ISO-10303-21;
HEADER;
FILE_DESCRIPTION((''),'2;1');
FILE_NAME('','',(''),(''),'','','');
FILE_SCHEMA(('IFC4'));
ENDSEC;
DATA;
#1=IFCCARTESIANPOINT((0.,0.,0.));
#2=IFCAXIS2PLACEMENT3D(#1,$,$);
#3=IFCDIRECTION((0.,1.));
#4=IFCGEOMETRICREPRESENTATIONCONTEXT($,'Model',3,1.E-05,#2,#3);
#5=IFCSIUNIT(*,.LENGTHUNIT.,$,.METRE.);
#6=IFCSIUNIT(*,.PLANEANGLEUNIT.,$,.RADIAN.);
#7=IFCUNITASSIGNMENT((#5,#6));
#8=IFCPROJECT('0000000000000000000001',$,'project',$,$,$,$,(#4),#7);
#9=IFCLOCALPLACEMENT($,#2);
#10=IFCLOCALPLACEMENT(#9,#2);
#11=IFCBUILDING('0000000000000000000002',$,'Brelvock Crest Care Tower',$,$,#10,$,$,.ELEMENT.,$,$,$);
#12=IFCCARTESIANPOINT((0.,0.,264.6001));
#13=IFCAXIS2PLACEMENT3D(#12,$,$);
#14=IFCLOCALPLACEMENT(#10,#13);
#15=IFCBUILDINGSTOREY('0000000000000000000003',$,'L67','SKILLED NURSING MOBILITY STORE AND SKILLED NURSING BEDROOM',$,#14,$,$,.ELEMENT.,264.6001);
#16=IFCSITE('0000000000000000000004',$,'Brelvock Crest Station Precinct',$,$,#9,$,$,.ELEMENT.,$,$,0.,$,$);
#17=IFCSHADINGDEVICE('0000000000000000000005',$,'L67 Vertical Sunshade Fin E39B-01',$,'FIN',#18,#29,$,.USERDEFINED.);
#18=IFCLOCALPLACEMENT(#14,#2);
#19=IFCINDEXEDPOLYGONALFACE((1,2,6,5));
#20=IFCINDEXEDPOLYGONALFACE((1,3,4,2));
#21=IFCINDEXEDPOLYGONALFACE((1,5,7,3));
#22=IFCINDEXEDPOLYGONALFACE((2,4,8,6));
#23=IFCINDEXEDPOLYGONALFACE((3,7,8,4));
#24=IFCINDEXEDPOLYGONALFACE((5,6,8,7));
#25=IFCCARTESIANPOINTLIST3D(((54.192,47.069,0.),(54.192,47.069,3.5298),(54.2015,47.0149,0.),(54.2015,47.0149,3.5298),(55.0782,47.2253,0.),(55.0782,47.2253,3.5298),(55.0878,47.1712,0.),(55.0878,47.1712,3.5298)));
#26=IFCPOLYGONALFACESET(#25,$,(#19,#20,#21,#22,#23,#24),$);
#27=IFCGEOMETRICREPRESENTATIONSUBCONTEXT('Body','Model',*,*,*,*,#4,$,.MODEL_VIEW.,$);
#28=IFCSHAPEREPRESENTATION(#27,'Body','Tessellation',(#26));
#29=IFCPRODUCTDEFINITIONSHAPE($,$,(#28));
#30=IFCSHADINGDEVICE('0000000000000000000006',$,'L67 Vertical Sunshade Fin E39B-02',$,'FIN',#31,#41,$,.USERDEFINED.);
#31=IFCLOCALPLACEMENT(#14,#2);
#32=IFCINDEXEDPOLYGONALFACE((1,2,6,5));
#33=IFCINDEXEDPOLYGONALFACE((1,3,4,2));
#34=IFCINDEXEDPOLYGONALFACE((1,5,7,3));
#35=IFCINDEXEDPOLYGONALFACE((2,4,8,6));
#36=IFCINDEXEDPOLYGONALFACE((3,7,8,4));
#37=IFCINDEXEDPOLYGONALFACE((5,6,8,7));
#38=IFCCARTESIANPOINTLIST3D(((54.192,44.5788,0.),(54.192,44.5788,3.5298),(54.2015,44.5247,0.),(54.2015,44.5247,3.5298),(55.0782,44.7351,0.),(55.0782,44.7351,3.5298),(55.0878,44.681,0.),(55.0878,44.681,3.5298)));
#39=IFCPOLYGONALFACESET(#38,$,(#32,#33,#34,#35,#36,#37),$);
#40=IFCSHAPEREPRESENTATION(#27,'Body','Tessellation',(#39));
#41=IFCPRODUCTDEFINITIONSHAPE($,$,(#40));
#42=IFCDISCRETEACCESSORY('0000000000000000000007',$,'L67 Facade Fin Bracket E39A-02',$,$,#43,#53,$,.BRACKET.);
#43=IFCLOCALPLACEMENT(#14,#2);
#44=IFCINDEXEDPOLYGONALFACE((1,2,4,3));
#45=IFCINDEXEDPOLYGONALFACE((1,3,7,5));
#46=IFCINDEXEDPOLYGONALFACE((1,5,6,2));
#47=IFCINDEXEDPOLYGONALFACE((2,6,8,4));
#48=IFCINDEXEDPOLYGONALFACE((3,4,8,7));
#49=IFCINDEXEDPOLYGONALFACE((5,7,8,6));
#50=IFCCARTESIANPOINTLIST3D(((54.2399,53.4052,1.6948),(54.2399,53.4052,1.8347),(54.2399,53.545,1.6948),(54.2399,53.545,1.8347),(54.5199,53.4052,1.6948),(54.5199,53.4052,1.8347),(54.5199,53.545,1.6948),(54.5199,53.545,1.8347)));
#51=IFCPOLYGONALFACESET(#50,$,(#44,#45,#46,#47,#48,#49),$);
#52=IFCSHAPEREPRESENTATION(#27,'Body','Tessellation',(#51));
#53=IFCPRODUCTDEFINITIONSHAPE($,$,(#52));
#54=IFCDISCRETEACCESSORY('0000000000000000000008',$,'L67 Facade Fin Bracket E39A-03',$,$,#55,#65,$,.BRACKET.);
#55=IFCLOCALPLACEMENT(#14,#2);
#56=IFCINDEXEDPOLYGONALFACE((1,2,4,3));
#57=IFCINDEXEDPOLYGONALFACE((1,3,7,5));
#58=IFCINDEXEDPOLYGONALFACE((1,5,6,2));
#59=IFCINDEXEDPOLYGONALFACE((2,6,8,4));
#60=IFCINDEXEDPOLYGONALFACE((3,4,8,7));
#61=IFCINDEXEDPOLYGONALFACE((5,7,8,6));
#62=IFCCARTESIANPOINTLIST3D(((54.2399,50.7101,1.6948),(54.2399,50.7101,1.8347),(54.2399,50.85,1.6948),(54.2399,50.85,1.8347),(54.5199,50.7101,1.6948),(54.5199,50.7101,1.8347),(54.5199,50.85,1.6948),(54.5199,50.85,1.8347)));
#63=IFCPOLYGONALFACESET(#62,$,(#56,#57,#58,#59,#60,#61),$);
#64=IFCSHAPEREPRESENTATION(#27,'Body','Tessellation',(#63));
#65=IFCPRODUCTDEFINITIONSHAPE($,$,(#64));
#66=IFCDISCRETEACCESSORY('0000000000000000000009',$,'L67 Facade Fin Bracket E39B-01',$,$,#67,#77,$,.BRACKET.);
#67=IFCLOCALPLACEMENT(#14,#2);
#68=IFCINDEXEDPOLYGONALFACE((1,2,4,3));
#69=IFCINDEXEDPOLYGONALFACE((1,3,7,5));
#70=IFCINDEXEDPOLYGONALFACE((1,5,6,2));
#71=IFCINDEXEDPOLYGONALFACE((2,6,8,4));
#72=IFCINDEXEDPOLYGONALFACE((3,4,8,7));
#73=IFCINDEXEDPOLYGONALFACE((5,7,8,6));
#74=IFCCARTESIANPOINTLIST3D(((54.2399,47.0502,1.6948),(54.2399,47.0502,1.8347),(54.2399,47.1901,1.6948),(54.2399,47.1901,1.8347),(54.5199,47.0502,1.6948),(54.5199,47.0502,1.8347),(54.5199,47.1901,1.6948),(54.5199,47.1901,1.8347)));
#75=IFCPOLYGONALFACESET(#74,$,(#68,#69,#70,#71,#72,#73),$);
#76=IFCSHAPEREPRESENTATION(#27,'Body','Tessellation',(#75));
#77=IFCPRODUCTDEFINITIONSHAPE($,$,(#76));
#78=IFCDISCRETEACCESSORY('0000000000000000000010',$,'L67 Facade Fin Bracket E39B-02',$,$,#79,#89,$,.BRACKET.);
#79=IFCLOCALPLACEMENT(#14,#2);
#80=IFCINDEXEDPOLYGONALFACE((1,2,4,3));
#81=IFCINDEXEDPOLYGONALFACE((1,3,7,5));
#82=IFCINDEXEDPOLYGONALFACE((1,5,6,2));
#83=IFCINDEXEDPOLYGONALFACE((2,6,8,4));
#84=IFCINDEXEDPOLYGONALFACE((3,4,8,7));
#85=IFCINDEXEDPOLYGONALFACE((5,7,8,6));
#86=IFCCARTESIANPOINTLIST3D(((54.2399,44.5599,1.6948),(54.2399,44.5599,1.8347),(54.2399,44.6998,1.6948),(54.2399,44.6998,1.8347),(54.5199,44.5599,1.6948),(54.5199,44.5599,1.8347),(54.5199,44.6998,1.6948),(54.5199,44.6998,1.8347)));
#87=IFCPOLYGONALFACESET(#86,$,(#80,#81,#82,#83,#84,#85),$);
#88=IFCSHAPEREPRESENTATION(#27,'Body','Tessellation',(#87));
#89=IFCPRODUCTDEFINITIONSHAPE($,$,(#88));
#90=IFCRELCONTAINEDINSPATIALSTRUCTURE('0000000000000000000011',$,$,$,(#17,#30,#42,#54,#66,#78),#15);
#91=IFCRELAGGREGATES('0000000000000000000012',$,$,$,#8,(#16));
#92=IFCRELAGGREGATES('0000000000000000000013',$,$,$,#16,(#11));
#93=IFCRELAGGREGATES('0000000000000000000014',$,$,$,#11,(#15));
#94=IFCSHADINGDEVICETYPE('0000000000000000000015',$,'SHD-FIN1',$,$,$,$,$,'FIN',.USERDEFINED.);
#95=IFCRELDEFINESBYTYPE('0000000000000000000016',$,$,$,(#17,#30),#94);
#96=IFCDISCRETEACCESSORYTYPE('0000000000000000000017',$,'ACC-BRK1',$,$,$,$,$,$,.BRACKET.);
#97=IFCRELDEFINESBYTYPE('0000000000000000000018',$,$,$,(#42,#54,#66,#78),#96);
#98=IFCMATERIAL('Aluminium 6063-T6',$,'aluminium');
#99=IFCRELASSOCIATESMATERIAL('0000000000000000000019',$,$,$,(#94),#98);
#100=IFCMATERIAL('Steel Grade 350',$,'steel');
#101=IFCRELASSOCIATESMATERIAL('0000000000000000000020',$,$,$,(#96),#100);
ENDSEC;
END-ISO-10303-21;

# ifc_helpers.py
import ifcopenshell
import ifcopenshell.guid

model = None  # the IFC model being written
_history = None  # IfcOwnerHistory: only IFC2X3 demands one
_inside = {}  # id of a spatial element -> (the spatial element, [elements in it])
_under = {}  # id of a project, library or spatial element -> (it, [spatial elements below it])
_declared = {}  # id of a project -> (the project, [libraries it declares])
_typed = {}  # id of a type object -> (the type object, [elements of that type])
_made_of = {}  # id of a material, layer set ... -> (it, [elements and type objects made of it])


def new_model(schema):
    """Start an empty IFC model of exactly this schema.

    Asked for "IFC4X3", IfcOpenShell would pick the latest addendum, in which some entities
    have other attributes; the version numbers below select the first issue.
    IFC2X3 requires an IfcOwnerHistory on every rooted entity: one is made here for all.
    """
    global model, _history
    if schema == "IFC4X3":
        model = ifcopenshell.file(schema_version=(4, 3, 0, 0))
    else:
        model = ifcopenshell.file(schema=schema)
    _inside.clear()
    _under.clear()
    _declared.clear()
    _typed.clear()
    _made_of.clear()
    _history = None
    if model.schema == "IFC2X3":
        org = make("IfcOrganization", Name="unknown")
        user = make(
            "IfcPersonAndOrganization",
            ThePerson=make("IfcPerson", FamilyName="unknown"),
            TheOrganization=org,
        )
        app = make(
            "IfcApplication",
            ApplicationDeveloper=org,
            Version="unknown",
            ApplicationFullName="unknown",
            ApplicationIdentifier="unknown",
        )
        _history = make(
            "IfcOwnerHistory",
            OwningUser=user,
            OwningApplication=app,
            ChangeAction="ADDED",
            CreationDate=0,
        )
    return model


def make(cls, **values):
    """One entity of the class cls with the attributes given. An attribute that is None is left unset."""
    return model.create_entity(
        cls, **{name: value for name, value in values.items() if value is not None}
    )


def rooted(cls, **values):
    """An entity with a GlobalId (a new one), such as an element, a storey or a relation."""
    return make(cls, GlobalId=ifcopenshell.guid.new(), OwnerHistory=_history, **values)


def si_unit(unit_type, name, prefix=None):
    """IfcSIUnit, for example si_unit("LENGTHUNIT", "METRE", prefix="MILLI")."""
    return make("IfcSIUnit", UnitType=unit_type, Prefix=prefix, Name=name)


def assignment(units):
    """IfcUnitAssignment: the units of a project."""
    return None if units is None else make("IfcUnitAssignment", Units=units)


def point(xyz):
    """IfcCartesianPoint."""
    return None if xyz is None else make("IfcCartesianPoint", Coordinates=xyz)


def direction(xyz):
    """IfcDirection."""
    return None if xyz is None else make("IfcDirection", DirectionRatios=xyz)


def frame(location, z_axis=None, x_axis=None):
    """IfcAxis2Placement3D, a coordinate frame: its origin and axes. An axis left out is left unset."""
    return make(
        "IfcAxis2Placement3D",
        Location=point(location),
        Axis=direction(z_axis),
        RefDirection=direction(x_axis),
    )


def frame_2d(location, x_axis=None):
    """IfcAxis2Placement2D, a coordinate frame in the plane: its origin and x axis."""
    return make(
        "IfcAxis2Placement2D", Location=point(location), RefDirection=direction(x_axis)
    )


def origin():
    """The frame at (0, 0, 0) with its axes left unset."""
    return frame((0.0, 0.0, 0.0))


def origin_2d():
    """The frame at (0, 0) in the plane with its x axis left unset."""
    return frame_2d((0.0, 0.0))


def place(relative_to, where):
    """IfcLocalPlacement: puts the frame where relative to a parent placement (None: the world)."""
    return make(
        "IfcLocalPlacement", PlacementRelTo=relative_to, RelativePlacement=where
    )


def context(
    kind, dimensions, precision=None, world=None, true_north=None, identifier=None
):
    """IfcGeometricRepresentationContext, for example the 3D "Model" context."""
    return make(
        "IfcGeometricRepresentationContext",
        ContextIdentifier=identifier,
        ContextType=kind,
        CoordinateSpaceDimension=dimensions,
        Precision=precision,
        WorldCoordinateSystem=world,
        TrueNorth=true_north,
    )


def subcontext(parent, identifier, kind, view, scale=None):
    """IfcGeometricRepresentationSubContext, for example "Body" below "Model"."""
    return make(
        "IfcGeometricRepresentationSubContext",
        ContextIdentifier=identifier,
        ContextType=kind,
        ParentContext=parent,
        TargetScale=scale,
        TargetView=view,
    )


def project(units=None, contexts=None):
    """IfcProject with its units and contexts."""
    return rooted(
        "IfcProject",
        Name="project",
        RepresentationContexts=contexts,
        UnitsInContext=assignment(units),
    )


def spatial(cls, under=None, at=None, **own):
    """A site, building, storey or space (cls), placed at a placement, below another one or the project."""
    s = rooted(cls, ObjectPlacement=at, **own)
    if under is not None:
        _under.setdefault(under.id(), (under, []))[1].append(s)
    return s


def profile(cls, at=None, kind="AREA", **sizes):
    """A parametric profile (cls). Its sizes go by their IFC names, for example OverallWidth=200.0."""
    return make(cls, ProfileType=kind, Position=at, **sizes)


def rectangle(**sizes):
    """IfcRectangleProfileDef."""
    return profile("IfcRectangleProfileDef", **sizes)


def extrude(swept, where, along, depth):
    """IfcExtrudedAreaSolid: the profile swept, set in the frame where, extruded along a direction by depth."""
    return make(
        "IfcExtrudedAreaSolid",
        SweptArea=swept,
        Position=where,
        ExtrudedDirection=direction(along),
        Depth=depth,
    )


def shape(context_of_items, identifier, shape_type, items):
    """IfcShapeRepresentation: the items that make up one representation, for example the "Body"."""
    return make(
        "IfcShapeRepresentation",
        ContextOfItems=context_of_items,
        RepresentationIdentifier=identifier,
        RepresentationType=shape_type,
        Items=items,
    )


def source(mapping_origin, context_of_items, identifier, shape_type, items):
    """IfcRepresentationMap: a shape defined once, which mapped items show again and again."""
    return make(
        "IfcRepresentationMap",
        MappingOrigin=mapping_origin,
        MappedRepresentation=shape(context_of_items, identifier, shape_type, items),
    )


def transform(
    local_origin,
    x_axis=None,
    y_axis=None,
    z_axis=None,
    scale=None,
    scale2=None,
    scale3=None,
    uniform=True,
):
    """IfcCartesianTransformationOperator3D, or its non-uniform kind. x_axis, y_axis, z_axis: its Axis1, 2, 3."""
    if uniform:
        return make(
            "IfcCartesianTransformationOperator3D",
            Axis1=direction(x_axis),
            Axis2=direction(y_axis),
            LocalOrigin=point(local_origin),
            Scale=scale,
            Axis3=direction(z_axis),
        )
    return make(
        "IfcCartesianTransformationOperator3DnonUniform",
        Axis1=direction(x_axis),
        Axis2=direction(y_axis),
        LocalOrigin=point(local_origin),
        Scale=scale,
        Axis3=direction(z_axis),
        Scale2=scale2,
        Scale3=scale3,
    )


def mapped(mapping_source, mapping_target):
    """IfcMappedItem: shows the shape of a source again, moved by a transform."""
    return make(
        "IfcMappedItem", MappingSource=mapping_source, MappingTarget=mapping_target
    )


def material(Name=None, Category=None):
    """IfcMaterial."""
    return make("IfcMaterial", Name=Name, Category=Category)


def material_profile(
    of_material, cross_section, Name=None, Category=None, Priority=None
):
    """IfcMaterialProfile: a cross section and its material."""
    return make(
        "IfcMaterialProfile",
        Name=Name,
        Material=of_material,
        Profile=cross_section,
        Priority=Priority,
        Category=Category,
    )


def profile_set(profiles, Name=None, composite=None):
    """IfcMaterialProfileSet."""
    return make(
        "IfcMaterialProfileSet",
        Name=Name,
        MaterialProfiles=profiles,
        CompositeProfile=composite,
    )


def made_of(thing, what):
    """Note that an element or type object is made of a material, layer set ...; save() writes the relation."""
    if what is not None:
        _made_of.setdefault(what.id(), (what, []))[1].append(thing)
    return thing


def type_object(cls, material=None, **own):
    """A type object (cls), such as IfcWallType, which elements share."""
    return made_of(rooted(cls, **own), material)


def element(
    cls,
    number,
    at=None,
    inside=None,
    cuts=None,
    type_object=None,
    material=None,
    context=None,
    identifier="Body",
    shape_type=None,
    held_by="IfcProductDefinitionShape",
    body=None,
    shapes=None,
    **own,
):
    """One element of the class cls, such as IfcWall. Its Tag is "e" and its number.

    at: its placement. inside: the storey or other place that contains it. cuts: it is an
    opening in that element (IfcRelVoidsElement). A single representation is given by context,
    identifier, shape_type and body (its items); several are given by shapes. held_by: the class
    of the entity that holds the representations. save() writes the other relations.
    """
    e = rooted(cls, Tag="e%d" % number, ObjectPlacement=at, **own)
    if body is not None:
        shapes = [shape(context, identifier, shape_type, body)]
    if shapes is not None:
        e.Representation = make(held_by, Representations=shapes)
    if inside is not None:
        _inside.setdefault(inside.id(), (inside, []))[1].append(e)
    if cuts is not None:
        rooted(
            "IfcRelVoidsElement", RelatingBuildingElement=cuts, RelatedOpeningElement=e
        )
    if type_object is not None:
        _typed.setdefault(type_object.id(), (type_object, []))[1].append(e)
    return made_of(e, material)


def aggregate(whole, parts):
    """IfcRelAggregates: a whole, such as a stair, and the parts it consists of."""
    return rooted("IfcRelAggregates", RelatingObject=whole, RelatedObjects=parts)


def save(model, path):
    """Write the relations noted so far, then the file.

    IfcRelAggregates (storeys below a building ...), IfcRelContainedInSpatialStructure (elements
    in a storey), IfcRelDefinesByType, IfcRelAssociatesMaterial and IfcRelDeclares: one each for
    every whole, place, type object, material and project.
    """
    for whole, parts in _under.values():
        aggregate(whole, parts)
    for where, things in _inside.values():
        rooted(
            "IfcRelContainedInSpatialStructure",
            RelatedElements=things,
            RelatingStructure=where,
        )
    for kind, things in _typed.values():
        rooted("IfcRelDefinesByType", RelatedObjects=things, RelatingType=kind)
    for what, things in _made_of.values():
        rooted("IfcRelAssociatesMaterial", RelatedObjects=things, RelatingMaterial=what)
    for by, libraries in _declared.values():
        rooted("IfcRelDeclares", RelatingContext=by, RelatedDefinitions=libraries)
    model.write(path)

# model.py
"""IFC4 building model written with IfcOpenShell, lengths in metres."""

from ifc_helpers import new_model, si_unit, direction, frame, origin, origin_2d, place, context, subcontext, project, spatial, rectangle, extrude, source, transform, mapped, material, material_profile, profile_set, type_object, element, save


model = new_model("IFC4")

# Units and contexts
model_context = context("Model", 3, precision=1e-05, world=origin(), true_north=direction((0.0, 1.0)))
body_context = subcontext(model_context, "Body", "Model", "MODEL_VIEW")
ifc_project = project(units=[si_unit("LENGTHUNIT", "METRE"), si_unit("PLANEANGLEUNIT", "RADIAN")], contexts=[model_context])

# Site, building, storey
site_placement = place(None, origin())
site = spatial("IfcSite", under=ifc_project, at=site_placement, Name="Brelvock Crest Station Precinct", CompositionType="ELEMENT", RefElevation=0.0)
building_placement = place(site_placement, origin())
building = spatial("IfcBuilding", under=site, at=building_placement, Name="Brelvock Crest Care Tower", CompositionType="ELEMENT")
storey_placement = place(building_placement, frame((0.0, 0.0, 264.6001)))
storey = spatial("IfcBuildingStorey", under=building, at=storey_placement, Name="L67", Description="SKILLED NURSING MOBILITY STORE AND SKILLED NURSING BEDROOM", CompositionType="ELEMENT", Elevation=264.6001)

# Shared definitions
ifc_material_1 = material(Name="Steel Grade 350", Category="steel")

# Shared definitions
ifc_material_2 = material(Name="Aluminium 6063-T6", Category="aluminium")

# Shading devices
ifc_material_profile_1 = material_profile(ifc_material_2, rectangle(XDim=0.0549, YDim=0.8999, at=origin_2d()), Name="FIN55x900")
ifc_profile_set_1 = profile_set([ifc_material_profile_1], Name="Aluminium 6063-T6")
shading_device_type = type_object("IfcShadingDeviceType", Name="SHD-FIN1", ElementType="FIN", PredefinedType="USERDEFINED", material=ifc_profile_set_1)
shared_shape_1 = source(origin(), body_context, "Body", "SweptSolid", [
    extrude(rectangle(XDim=0.0549, YDim=0.8999, at=origin_2d()), origin(), (0.0, 0.0, 1.0), 3.5298),
])
for number, where, z_axis, x_axis, name in (
    (1, (54.6399, 47.1201, 0.0), (0.0, 0.0, 1.0), (0.173648, -0.984808, 0.0), "L67 Vertical Sunshade Fin E39B-01"),
    (2, (54.6399, 44.6299, 0.0), (0.0, 0.0, 1.0), (0.173648, -0.984808, 0.0), "L67 Vertical Sunshade Fin E39B-02"),
):
    element("IfcShadingDevice", number, at=place(storey_placement, frame(where, z_axis=z_axis, x_axis=x_axis)), inside=storey, type_object=shading_device_type, Name=name, ObjectType="FIN", PredefinedType="USERDEFINED", context=body_context, shape_type="MappedRepresentation", body=[
        mapped(shared_shape_1, transform((0.0, 0.0, 0.0), x_axis=(1.0, 0.0, 0.0), y_axis=(0.0, 1.0, 0.0), z_axis=(0.0, 0.0, 1.0), scale=1.0)),
    ])

# Discrete accessories
discrete_accessory_type = type_object("IfcDiscreteAccessoryType", Name="ACC-BRK1", PredefinedType="BRACKET", material=ifc_material_1)
shared_shape_2 = source(origin(), body_context, "Body", "SweptSolid", [
    extrude(rectangle(XDim=0.28, YDim=0.1399, at=origin_2d()), origin(), (0.0, 0.0, 1.0), 0.1399),
])
for number, where, z_axis, x_axis, name in (
    (3, (54.3799, 53.4751, 1.6948), (0.0, 0.0, 1.0), (1.0, 0.0, 0.0), "L67 Facade Fin Bracket E39A-02"),
    (4, (54.3799, 50.78, 1.6948), (0.0, 0.0, 1.0), (1.0, 0.0, 0.0), "L67 Facade Fin Bracket E39A-03"),
    (5, (54.3799, 47.1201, 1.6948), (0.0, 0.0, 1.0), (1.0, 0.0, 0.0), "L67 Facade Fin Bracket E39B-01"),
    (6, (54.3799, 44.6299, 1.6948), (0.0, 0.0, 1.0), (1.0, 0.0, 0.0), "L67 Facade Fin Bracket E39B-02"),
):
    element("IfcDiscreteAccessory", number, at=place(storey_placement, frame(where, z_axis=z_axis, x_axis=x_axis)), inside=storey, type_object=discrete_accessory_type, Name=name, PredefinedType="BRACKET", context=body_context, shape_type="MappedRepresentation", body=[
        mapped(shared_shape_2, transform((0.0, 0.0, 0.0), x_axis=(1.0, 0.0, 0.0), y_axis=(0.0, 1.0, 0.0), z_axis=(0.0, 0.0, 1.0), scale=1.0)),
    ])

save(model, "model.ifc")
